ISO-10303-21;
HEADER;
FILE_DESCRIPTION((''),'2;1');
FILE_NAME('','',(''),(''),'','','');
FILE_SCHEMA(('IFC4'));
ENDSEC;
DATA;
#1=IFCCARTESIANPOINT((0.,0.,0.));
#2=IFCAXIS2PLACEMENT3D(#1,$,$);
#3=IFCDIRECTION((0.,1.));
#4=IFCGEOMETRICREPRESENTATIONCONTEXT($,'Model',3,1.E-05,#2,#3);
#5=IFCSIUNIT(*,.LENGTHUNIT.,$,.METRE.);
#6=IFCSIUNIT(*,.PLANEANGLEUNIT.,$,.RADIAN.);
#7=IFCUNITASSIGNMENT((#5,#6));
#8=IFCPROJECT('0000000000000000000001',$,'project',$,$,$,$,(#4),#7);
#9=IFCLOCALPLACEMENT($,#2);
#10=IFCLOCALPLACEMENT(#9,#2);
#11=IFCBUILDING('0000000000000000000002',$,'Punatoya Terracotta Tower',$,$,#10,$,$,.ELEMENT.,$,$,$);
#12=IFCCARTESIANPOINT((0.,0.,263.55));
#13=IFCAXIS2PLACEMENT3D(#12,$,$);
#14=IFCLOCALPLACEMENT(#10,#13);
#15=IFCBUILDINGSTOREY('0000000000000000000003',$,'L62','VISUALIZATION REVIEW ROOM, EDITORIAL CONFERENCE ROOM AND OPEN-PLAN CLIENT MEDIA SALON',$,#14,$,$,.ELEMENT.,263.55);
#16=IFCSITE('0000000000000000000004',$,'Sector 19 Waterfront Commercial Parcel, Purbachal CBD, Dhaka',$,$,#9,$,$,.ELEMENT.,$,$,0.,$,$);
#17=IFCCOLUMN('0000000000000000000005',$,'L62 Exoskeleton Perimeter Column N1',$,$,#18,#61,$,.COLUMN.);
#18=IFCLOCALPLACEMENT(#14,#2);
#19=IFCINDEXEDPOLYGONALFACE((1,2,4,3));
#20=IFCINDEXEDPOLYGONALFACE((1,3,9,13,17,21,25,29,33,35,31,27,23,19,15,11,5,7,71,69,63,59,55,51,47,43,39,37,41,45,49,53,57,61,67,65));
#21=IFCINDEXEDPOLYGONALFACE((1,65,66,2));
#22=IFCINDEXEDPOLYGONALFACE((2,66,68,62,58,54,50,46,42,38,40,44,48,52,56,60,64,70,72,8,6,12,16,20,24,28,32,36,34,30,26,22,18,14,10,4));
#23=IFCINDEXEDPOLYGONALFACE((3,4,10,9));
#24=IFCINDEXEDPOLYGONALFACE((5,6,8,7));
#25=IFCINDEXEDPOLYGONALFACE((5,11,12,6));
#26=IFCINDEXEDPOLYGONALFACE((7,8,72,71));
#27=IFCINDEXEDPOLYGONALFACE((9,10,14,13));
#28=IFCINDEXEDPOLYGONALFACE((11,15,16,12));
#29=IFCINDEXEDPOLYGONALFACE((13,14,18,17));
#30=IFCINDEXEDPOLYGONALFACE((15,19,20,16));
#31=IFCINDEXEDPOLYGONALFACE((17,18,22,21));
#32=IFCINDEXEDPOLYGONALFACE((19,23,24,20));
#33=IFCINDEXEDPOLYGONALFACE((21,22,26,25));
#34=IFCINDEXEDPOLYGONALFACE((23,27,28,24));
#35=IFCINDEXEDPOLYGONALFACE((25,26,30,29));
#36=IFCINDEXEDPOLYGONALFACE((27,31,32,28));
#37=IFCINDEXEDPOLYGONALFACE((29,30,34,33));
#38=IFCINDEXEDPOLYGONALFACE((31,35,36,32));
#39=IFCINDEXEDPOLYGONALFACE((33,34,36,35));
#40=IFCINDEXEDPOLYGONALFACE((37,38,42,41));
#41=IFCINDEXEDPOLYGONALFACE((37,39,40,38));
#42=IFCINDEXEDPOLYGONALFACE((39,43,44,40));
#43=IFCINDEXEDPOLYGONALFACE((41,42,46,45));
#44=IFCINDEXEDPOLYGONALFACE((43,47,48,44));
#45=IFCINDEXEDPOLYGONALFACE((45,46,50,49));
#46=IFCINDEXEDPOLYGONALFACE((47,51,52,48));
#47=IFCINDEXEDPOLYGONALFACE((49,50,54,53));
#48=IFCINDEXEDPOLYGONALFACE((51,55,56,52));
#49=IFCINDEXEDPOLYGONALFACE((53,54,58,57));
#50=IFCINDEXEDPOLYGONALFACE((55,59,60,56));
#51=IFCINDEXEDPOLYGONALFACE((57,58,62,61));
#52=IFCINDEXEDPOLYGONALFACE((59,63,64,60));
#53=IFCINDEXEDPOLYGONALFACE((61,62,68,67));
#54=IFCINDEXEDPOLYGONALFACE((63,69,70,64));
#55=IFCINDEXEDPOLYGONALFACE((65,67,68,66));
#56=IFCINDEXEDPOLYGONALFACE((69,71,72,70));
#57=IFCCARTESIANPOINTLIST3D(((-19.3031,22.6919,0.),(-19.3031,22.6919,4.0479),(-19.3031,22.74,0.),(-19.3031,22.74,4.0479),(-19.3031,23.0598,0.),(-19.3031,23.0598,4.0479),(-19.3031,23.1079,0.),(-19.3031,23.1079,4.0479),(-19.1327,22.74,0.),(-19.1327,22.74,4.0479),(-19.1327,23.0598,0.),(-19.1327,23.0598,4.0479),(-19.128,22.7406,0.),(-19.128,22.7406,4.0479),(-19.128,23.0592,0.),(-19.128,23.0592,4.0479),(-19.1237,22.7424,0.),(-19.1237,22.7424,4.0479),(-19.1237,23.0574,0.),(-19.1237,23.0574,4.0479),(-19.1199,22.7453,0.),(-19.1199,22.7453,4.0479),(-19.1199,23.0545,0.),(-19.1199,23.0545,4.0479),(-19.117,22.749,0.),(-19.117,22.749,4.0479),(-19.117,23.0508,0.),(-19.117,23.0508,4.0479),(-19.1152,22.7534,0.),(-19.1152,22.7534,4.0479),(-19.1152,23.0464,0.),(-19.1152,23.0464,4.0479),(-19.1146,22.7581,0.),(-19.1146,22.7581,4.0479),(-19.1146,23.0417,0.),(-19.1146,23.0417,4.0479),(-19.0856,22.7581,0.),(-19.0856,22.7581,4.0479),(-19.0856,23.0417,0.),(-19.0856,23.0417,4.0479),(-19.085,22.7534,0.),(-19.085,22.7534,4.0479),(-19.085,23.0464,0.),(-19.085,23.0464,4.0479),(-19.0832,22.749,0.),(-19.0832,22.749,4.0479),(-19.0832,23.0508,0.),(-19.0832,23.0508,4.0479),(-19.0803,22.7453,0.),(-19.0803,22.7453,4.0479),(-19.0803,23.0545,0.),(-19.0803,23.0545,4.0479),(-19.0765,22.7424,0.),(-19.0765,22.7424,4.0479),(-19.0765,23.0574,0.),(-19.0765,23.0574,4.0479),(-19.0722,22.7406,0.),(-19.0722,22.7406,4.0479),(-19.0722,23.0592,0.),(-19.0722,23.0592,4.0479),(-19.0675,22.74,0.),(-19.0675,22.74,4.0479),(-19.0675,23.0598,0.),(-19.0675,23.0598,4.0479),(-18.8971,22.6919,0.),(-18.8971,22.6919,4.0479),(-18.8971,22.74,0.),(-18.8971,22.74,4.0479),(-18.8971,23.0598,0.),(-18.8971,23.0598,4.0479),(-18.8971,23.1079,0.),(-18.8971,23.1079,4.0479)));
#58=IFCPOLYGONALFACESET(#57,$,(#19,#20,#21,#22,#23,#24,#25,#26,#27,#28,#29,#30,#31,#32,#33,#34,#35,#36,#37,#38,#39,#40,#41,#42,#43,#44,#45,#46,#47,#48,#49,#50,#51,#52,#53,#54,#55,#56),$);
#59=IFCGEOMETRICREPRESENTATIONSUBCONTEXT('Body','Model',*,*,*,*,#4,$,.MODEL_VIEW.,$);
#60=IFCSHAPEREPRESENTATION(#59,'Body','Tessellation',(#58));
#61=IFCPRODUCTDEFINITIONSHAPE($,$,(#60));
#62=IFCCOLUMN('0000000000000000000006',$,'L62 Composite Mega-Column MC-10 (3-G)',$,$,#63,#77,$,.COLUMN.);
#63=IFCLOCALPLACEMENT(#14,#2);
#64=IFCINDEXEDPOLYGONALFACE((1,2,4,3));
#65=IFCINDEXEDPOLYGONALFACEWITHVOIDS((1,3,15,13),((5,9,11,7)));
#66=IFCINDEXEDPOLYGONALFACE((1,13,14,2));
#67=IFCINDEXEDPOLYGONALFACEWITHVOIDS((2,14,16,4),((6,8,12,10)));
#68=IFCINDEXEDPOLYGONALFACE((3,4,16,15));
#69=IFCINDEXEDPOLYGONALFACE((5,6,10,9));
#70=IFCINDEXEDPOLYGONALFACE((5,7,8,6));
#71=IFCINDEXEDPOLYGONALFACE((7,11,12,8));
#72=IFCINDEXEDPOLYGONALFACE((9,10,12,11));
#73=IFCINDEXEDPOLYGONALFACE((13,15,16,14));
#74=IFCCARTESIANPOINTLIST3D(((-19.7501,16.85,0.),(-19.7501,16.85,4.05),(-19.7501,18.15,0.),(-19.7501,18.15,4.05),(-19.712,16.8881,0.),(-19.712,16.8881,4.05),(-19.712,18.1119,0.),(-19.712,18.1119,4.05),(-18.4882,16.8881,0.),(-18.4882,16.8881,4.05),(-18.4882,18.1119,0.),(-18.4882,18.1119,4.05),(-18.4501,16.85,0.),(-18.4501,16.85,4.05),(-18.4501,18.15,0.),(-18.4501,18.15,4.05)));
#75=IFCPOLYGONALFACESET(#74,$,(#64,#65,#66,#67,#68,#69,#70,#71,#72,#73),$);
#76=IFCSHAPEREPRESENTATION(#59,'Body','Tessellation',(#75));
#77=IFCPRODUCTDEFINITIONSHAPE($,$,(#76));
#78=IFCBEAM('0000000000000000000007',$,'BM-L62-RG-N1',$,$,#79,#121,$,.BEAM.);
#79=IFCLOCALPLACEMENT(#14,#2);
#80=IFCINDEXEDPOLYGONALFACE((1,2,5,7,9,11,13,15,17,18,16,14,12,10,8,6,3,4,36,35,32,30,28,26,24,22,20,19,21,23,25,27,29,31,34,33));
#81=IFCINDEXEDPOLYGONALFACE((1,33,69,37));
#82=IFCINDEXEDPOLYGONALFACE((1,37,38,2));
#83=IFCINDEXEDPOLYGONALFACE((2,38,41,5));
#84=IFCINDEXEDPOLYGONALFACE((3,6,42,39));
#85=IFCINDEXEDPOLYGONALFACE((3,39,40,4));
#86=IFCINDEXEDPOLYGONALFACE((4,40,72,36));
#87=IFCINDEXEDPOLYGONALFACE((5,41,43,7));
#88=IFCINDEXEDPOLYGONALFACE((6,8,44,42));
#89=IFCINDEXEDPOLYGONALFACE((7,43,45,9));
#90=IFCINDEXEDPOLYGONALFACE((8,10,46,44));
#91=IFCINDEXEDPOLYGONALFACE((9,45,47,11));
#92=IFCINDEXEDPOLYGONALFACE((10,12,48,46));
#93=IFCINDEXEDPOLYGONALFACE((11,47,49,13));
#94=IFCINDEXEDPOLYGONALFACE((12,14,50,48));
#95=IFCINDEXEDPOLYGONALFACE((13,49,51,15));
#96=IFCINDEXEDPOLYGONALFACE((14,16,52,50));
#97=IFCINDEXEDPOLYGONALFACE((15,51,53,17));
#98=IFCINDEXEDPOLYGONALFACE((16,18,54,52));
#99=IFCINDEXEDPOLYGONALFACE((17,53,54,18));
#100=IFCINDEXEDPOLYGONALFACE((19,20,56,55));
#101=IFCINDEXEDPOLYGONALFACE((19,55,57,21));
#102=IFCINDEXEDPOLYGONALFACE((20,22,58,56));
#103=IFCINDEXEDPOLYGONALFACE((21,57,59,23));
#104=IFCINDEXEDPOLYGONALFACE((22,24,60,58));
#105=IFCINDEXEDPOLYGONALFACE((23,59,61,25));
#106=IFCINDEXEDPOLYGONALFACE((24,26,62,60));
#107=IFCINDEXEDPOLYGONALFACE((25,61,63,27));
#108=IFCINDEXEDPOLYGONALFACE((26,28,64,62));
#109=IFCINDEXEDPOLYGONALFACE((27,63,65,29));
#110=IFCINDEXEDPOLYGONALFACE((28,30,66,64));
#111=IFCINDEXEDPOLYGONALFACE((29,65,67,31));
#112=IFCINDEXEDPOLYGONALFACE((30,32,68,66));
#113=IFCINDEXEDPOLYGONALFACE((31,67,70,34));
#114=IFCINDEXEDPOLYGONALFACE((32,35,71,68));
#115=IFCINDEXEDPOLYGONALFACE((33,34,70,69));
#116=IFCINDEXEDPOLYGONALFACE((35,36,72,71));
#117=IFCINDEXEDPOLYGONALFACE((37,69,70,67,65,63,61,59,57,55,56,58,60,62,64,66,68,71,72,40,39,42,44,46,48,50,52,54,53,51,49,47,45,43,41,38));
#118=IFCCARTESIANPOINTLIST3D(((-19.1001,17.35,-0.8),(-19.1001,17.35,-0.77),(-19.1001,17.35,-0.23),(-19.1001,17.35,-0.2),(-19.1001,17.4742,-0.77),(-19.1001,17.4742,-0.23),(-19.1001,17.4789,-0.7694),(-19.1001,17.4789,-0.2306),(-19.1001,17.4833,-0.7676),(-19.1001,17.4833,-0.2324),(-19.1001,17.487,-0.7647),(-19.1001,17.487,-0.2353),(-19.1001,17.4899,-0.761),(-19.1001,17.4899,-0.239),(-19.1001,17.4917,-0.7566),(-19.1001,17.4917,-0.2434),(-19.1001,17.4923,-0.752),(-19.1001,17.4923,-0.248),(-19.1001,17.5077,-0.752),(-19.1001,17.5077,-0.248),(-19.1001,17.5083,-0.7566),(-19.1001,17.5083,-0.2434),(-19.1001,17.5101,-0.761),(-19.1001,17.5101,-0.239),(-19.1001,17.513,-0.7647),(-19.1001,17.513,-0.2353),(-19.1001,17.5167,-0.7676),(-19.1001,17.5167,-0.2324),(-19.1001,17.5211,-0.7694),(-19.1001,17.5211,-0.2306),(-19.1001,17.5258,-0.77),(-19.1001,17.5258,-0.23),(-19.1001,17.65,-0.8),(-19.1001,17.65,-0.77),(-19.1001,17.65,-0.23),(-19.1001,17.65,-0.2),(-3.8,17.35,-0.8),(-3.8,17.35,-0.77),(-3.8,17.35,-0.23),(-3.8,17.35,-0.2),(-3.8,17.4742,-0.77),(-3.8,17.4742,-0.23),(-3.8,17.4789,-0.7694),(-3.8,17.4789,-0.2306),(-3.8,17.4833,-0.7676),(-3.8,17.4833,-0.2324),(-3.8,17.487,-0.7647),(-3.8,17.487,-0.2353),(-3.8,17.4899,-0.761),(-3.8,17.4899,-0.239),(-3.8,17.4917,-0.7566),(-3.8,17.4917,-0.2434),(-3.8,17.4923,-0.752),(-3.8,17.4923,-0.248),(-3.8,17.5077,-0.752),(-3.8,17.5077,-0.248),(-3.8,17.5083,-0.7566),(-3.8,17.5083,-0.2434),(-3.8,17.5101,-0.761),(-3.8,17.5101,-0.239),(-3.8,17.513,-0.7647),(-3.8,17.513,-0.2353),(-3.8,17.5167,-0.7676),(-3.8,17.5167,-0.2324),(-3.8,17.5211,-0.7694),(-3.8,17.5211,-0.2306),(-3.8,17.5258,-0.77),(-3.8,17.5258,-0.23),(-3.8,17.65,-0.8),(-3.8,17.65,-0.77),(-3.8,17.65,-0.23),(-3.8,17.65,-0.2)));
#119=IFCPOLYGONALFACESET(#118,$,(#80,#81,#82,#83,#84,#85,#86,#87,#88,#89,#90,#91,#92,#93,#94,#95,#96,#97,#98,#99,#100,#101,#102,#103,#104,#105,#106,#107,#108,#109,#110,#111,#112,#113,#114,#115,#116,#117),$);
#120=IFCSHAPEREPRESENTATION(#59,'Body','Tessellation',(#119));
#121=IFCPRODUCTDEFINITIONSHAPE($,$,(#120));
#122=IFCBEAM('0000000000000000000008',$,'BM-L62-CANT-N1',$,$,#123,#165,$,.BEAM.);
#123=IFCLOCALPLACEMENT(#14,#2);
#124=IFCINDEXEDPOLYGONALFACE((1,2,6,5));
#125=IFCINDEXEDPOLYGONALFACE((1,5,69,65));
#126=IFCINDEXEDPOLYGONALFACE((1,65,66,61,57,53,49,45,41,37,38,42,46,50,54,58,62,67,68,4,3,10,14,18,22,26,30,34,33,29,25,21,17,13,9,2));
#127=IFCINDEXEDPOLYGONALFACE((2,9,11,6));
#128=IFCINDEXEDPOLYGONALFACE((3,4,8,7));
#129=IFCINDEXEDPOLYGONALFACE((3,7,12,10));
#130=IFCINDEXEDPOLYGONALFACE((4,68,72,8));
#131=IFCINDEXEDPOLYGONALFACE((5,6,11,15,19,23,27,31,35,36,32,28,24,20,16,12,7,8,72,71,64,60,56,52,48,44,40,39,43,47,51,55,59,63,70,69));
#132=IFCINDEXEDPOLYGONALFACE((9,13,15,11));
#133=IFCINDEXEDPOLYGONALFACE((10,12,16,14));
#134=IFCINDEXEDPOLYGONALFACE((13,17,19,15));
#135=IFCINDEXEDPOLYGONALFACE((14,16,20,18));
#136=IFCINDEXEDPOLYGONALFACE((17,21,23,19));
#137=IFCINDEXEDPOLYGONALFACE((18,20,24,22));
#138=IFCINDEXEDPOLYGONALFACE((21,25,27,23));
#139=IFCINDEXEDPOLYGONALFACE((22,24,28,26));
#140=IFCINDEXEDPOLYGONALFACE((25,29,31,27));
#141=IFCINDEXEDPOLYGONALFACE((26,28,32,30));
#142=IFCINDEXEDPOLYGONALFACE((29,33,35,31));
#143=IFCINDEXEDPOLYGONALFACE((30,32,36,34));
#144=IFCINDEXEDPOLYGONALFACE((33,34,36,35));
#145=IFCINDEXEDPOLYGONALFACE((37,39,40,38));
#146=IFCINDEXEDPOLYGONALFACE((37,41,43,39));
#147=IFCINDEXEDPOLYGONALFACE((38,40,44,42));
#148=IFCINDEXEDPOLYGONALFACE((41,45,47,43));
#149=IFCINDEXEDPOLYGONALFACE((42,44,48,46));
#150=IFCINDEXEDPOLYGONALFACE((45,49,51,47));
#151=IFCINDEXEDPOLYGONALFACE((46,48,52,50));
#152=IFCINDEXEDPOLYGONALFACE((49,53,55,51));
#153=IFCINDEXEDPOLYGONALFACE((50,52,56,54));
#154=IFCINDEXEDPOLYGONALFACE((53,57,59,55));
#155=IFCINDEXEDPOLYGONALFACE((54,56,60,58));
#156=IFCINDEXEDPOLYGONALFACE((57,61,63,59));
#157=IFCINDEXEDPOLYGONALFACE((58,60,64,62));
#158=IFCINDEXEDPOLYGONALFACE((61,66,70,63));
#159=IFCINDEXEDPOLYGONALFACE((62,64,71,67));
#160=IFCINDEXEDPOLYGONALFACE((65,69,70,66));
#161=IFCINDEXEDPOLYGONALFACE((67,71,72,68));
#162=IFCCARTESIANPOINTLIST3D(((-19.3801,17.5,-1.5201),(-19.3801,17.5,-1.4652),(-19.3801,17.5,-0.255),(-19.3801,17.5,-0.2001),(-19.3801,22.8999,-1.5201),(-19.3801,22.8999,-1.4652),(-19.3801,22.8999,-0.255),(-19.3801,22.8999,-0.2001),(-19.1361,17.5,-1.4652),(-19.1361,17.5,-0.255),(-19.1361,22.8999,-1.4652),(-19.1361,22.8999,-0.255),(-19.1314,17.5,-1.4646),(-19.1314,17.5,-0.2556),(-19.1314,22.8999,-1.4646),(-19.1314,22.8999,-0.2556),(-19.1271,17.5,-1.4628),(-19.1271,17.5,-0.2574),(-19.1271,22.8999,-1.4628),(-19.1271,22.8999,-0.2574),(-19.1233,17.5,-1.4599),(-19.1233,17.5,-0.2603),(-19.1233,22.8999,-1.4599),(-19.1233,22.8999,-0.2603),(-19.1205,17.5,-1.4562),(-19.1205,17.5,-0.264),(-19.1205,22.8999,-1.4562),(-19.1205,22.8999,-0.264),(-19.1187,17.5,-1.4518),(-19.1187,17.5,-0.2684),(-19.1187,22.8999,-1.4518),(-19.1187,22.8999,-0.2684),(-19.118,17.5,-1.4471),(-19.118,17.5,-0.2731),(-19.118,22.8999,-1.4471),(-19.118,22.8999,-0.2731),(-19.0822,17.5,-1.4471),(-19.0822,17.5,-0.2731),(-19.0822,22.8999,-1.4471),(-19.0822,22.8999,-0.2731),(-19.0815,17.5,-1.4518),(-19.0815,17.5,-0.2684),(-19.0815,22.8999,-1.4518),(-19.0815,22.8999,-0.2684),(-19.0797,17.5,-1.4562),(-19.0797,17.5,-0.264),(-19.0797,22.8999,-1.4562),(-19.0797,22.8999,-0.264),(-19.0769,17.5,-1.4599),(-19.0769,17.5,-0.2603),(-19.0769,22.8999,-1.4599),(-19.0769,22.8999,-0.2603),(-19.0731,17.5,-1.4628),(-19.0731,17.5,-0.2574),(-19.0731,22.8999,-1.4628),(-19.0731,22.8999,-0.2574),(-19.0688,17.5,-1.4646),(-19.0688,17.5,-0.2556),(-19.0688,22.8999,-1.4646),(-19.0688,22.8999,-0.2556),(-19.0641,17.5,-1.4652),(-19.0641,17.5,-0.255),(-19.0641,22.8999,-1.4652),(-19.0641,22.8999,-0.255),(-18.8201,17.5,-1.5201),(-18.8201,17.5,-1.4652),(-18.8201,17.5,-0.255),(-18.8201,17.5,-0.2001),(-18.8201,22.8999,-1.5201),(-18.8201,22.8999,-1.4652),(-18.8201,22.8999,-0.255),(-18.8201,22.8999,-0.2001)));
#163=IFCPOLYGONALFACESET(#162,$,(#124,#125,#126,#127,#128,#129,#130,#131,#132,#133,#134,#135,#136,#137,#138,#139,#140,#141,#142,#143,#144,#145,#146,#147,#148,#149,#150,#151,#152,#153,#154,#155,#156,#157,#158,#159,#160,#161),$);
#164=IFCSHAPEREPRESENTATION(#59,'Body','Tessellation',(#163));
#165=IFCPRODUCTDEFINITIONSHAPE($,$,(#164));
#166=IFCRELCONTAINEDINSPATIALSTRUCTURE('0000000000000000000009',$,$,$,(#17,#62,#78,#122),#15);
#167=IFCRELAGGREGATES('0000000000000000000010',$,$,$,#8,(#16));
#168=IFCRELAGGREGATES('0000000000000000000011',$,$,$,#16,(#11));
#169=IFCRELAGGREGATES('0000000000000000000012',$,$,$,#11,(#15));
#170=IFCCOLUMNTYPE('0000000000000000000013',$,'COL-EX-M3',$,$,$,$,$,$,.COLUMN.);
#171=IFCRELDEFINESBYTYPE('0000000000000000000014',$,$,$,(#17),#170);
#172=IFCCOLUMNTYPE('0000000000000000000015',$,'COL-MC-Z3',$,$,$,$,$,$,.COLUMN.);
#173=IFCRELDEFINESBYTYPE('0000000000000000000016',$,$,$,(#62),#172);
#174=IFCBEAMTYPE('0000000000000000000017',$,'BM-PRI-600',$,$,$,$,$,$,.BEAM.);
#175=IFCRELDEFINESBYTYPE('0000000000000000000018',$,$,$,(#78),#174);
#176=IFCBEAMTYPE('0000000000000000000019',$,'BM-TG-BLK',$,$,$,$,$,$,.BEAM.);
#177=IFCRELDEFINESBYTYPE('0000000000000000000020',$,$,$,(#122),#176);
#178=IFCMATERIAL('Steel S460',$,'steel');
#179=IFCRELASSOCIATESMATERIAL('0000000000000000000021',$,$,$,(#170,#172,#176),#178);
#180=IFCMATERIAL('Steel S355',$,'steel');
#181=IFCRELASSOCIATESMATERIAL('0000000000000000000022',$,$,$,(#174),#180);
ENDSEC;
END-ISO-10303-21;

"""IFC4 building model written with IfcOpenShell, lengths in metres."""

from ifc_helpers import new_model, si_unit, direction, frame, origin, origin_2d, place, context, subcontext, project, spatial, hollow_rectangle, i_section, extrude, material, material_profile, profile_set, type_object, element, save


model = new_model("IFC4")

# Units and contexts
model_context = context("Model", 3, precision=1e-05, world=origin(), true_north=direction((0.0, 1.0)))
body_context = subcontext(model_context, "Body", "Model", "MODEL_VIEW")
ifc_project = project(units=[si_unit("LENGTHUNIT", "METRE"), si_unit("PLANEANGLEUNIT", "RADIAN")], contexts=[model_context])

# Site, building, storey
site_placement = place(None, origin())
site = spatial("IfcSite", under=ifc_project, at=site_placement, Name="Sector 19 Waterfront Commercial Parcel, Purbachal CBD, Dhaka", CompositionType="ELEMENT", RefElevation=0.0)
building_placement = place(site_placement, origin())
building = spatial("IfcBuilding", under=site, at=building_placement, Name="Punatoya Terracotta Tower", CompositionType="ELEMENT")
storey_placement = place(building_placement, frame((0.0, 0.0, 263.55)))
storey = spatial("IfcBuildingStorey", under=building, at=storey_placement, Name="L62", Description="VISUALIZATION REVIEW ROOM, EDITORIAL CONFERENCE ROOM AND OPEN-PLAN CLIENT MEDIA SALON", CompositionType="ELEMENT", Elevation=263.55)

# Columns
ifc_material_1 = material(Name="Steel S460", Category="steel")
ifc_material_profile_1 = material_profile(ifc_material_1, i_section(OverallWidth=0.406, OverallDepth=0.416, WebThickness=0.0291, FlangeThickness=0.0481, FilletRadius=0.0181, at=origin_2d()))
ifc_profile_set_1 = profile_set([ifc_material_profile_1], Name="Steel S460")
column_type_1 = type_object("IfcColumnType", Name="COL-EX-M3", PredefinedType="COLUMN", material=ifc_profile_set_1)
column_1_placement = place(storey_placement, frame((-19.1001, 22.8999, 0.0), z_axis=(0.0, 0.0, 1.0), x_axis=(1.0, 0.0, 0.0)))
element("IfcColumn", 1, at=column_1_placement, inside=storey, type_object=column_type_1, Name="L62 Exoskeleton Perimeter Column N1", PredefinedType="COLUMN", context=body_context, shape_type="SweptSolid", body=[
    extrude(i_section(OverallWidth=0.406, OverallDepth=0.416, WebThickness=0.0291, FlangeThickness=0.0481, FilletRadius=0.0181, at=origin_2d()), origin(), (0.0, 0.0, 1.0), 4.0479),
])
ifc_material_profile_2 = material_profile(ifc_material_1, hollow_rectangle(XDim=1.3, YDim=1.3, WallThickness=0.0381, at=origin_2d()))
ifc_profile_set_2 = profile_set([ifc_material_profile_2], Name="Steel S460")
column_type_2 = type_object("IfcColumnType", Name="COL-MC-Z3", PredefinedType="COLUMN", material=ifc_profile_set_2)
column_2_placement = place(storey_placement, frame((-19.1001, 17.5, 0.0), z_axis=(0.0, 0.0, 1.0), x_axis=(1.0, 0.0, 0.0)))
element("IfcColumn", 2, at=column_2_placement, inside=storey, type_object=column_type_2, Name="L62 Composite Mega-Column MC-10 (3-G)", PredefinedType="COLUMN", context=body_context, shape_type="SweptSolid", body=[
    extrude(hollow_rectangle(XDim=1.3, YDim=1.3, WallThickness=0.0381, at=origin_2d()), origin(), (0.0, 0.0, 1.0), 4.05),
])

# Beams
ifc_material_2 = material(Name="Steel S355", Category="steel")
ifc_material_profile_3 = material_profile(ifc_material_2, i_section(OverallWidth=0.3, OverallDepth=0.6001, WebThickness=0.0154, FlangeThickness=0.03, FilletRadius=0.0181, at=origin_2d()))
ifc_profile_set_3 = profile_set([ifc_material_profile_3], Name="Steel S355")
beam_type_1 = type_object("IfcBeamType", Name="BM-PRI-600", PredefinedType="BEAM", material=ifc_profile_set_3)
beam_1_placement = place(storey_placement, frame((-19.1001, 17.5, -0.5), z_axis=(1.0, 0.0, 0.0), x_axis=(0.0, 1.0, 0.0)))
element("IfcBeam", 3, at=beam_1_placement, inside=storey, type_object=beam_type_1, Name="BM-L62-RG-N1", PredefinedType="BEAM", context=body_context, shape_type="SweptSolid", body=[
    extrude(i_section(OverallWidth=0.3, OverallDepth=0.6001, WebThickness=0.0154, FlangeThickness=0.03, FilletRadius=0.0181, at=origin_2d()), origin(), (0.0, 0.0, 1.0), 15.3),
])
ifc_material_profile_4 = material_profile(ifc_material_1, i_section(OverallWidth=0.5601, OverallDepth=1.3201, WebThickness=0.0359, FlangeThickness=0.0549, FilletRadius=0.0181, at=origin_2d()))
ifc_profile_set_4 = profile_set([ifc_material_profile_4], Name="Steel S460")
beam_type_2 = type_object("IfcBeamType", Name="BM-TG-BLK", PredefinedType="BEAM", material=ifc_profile_set_4)
beam_2_placement = place(storey_placement, frame((-19.1001, 17.5, -0.8601), z_axis=(0.0, 1.0, 0.0), x_axis=(-1.0, 0.0, 0.0)))
element("IfcBeam", 4, at=beam_2_placement, inside=storey, type_object=beam_type_2, Name="BM-L62-CANT-N1", PredefinedType="BEAM", context=body_context, shape_type="SweptSolid", body=[
    extrude(i_section(OverallWidth=0.5601, OverallDepth=1.3201, WebThickness=0.0359, FlangeThickness=0.0549, FilletRadius=0.0181, at=origin_2d()), origin(), (0.0, 0.0, 1.0), 5.3999),
])

save(model, "model.ifc")
